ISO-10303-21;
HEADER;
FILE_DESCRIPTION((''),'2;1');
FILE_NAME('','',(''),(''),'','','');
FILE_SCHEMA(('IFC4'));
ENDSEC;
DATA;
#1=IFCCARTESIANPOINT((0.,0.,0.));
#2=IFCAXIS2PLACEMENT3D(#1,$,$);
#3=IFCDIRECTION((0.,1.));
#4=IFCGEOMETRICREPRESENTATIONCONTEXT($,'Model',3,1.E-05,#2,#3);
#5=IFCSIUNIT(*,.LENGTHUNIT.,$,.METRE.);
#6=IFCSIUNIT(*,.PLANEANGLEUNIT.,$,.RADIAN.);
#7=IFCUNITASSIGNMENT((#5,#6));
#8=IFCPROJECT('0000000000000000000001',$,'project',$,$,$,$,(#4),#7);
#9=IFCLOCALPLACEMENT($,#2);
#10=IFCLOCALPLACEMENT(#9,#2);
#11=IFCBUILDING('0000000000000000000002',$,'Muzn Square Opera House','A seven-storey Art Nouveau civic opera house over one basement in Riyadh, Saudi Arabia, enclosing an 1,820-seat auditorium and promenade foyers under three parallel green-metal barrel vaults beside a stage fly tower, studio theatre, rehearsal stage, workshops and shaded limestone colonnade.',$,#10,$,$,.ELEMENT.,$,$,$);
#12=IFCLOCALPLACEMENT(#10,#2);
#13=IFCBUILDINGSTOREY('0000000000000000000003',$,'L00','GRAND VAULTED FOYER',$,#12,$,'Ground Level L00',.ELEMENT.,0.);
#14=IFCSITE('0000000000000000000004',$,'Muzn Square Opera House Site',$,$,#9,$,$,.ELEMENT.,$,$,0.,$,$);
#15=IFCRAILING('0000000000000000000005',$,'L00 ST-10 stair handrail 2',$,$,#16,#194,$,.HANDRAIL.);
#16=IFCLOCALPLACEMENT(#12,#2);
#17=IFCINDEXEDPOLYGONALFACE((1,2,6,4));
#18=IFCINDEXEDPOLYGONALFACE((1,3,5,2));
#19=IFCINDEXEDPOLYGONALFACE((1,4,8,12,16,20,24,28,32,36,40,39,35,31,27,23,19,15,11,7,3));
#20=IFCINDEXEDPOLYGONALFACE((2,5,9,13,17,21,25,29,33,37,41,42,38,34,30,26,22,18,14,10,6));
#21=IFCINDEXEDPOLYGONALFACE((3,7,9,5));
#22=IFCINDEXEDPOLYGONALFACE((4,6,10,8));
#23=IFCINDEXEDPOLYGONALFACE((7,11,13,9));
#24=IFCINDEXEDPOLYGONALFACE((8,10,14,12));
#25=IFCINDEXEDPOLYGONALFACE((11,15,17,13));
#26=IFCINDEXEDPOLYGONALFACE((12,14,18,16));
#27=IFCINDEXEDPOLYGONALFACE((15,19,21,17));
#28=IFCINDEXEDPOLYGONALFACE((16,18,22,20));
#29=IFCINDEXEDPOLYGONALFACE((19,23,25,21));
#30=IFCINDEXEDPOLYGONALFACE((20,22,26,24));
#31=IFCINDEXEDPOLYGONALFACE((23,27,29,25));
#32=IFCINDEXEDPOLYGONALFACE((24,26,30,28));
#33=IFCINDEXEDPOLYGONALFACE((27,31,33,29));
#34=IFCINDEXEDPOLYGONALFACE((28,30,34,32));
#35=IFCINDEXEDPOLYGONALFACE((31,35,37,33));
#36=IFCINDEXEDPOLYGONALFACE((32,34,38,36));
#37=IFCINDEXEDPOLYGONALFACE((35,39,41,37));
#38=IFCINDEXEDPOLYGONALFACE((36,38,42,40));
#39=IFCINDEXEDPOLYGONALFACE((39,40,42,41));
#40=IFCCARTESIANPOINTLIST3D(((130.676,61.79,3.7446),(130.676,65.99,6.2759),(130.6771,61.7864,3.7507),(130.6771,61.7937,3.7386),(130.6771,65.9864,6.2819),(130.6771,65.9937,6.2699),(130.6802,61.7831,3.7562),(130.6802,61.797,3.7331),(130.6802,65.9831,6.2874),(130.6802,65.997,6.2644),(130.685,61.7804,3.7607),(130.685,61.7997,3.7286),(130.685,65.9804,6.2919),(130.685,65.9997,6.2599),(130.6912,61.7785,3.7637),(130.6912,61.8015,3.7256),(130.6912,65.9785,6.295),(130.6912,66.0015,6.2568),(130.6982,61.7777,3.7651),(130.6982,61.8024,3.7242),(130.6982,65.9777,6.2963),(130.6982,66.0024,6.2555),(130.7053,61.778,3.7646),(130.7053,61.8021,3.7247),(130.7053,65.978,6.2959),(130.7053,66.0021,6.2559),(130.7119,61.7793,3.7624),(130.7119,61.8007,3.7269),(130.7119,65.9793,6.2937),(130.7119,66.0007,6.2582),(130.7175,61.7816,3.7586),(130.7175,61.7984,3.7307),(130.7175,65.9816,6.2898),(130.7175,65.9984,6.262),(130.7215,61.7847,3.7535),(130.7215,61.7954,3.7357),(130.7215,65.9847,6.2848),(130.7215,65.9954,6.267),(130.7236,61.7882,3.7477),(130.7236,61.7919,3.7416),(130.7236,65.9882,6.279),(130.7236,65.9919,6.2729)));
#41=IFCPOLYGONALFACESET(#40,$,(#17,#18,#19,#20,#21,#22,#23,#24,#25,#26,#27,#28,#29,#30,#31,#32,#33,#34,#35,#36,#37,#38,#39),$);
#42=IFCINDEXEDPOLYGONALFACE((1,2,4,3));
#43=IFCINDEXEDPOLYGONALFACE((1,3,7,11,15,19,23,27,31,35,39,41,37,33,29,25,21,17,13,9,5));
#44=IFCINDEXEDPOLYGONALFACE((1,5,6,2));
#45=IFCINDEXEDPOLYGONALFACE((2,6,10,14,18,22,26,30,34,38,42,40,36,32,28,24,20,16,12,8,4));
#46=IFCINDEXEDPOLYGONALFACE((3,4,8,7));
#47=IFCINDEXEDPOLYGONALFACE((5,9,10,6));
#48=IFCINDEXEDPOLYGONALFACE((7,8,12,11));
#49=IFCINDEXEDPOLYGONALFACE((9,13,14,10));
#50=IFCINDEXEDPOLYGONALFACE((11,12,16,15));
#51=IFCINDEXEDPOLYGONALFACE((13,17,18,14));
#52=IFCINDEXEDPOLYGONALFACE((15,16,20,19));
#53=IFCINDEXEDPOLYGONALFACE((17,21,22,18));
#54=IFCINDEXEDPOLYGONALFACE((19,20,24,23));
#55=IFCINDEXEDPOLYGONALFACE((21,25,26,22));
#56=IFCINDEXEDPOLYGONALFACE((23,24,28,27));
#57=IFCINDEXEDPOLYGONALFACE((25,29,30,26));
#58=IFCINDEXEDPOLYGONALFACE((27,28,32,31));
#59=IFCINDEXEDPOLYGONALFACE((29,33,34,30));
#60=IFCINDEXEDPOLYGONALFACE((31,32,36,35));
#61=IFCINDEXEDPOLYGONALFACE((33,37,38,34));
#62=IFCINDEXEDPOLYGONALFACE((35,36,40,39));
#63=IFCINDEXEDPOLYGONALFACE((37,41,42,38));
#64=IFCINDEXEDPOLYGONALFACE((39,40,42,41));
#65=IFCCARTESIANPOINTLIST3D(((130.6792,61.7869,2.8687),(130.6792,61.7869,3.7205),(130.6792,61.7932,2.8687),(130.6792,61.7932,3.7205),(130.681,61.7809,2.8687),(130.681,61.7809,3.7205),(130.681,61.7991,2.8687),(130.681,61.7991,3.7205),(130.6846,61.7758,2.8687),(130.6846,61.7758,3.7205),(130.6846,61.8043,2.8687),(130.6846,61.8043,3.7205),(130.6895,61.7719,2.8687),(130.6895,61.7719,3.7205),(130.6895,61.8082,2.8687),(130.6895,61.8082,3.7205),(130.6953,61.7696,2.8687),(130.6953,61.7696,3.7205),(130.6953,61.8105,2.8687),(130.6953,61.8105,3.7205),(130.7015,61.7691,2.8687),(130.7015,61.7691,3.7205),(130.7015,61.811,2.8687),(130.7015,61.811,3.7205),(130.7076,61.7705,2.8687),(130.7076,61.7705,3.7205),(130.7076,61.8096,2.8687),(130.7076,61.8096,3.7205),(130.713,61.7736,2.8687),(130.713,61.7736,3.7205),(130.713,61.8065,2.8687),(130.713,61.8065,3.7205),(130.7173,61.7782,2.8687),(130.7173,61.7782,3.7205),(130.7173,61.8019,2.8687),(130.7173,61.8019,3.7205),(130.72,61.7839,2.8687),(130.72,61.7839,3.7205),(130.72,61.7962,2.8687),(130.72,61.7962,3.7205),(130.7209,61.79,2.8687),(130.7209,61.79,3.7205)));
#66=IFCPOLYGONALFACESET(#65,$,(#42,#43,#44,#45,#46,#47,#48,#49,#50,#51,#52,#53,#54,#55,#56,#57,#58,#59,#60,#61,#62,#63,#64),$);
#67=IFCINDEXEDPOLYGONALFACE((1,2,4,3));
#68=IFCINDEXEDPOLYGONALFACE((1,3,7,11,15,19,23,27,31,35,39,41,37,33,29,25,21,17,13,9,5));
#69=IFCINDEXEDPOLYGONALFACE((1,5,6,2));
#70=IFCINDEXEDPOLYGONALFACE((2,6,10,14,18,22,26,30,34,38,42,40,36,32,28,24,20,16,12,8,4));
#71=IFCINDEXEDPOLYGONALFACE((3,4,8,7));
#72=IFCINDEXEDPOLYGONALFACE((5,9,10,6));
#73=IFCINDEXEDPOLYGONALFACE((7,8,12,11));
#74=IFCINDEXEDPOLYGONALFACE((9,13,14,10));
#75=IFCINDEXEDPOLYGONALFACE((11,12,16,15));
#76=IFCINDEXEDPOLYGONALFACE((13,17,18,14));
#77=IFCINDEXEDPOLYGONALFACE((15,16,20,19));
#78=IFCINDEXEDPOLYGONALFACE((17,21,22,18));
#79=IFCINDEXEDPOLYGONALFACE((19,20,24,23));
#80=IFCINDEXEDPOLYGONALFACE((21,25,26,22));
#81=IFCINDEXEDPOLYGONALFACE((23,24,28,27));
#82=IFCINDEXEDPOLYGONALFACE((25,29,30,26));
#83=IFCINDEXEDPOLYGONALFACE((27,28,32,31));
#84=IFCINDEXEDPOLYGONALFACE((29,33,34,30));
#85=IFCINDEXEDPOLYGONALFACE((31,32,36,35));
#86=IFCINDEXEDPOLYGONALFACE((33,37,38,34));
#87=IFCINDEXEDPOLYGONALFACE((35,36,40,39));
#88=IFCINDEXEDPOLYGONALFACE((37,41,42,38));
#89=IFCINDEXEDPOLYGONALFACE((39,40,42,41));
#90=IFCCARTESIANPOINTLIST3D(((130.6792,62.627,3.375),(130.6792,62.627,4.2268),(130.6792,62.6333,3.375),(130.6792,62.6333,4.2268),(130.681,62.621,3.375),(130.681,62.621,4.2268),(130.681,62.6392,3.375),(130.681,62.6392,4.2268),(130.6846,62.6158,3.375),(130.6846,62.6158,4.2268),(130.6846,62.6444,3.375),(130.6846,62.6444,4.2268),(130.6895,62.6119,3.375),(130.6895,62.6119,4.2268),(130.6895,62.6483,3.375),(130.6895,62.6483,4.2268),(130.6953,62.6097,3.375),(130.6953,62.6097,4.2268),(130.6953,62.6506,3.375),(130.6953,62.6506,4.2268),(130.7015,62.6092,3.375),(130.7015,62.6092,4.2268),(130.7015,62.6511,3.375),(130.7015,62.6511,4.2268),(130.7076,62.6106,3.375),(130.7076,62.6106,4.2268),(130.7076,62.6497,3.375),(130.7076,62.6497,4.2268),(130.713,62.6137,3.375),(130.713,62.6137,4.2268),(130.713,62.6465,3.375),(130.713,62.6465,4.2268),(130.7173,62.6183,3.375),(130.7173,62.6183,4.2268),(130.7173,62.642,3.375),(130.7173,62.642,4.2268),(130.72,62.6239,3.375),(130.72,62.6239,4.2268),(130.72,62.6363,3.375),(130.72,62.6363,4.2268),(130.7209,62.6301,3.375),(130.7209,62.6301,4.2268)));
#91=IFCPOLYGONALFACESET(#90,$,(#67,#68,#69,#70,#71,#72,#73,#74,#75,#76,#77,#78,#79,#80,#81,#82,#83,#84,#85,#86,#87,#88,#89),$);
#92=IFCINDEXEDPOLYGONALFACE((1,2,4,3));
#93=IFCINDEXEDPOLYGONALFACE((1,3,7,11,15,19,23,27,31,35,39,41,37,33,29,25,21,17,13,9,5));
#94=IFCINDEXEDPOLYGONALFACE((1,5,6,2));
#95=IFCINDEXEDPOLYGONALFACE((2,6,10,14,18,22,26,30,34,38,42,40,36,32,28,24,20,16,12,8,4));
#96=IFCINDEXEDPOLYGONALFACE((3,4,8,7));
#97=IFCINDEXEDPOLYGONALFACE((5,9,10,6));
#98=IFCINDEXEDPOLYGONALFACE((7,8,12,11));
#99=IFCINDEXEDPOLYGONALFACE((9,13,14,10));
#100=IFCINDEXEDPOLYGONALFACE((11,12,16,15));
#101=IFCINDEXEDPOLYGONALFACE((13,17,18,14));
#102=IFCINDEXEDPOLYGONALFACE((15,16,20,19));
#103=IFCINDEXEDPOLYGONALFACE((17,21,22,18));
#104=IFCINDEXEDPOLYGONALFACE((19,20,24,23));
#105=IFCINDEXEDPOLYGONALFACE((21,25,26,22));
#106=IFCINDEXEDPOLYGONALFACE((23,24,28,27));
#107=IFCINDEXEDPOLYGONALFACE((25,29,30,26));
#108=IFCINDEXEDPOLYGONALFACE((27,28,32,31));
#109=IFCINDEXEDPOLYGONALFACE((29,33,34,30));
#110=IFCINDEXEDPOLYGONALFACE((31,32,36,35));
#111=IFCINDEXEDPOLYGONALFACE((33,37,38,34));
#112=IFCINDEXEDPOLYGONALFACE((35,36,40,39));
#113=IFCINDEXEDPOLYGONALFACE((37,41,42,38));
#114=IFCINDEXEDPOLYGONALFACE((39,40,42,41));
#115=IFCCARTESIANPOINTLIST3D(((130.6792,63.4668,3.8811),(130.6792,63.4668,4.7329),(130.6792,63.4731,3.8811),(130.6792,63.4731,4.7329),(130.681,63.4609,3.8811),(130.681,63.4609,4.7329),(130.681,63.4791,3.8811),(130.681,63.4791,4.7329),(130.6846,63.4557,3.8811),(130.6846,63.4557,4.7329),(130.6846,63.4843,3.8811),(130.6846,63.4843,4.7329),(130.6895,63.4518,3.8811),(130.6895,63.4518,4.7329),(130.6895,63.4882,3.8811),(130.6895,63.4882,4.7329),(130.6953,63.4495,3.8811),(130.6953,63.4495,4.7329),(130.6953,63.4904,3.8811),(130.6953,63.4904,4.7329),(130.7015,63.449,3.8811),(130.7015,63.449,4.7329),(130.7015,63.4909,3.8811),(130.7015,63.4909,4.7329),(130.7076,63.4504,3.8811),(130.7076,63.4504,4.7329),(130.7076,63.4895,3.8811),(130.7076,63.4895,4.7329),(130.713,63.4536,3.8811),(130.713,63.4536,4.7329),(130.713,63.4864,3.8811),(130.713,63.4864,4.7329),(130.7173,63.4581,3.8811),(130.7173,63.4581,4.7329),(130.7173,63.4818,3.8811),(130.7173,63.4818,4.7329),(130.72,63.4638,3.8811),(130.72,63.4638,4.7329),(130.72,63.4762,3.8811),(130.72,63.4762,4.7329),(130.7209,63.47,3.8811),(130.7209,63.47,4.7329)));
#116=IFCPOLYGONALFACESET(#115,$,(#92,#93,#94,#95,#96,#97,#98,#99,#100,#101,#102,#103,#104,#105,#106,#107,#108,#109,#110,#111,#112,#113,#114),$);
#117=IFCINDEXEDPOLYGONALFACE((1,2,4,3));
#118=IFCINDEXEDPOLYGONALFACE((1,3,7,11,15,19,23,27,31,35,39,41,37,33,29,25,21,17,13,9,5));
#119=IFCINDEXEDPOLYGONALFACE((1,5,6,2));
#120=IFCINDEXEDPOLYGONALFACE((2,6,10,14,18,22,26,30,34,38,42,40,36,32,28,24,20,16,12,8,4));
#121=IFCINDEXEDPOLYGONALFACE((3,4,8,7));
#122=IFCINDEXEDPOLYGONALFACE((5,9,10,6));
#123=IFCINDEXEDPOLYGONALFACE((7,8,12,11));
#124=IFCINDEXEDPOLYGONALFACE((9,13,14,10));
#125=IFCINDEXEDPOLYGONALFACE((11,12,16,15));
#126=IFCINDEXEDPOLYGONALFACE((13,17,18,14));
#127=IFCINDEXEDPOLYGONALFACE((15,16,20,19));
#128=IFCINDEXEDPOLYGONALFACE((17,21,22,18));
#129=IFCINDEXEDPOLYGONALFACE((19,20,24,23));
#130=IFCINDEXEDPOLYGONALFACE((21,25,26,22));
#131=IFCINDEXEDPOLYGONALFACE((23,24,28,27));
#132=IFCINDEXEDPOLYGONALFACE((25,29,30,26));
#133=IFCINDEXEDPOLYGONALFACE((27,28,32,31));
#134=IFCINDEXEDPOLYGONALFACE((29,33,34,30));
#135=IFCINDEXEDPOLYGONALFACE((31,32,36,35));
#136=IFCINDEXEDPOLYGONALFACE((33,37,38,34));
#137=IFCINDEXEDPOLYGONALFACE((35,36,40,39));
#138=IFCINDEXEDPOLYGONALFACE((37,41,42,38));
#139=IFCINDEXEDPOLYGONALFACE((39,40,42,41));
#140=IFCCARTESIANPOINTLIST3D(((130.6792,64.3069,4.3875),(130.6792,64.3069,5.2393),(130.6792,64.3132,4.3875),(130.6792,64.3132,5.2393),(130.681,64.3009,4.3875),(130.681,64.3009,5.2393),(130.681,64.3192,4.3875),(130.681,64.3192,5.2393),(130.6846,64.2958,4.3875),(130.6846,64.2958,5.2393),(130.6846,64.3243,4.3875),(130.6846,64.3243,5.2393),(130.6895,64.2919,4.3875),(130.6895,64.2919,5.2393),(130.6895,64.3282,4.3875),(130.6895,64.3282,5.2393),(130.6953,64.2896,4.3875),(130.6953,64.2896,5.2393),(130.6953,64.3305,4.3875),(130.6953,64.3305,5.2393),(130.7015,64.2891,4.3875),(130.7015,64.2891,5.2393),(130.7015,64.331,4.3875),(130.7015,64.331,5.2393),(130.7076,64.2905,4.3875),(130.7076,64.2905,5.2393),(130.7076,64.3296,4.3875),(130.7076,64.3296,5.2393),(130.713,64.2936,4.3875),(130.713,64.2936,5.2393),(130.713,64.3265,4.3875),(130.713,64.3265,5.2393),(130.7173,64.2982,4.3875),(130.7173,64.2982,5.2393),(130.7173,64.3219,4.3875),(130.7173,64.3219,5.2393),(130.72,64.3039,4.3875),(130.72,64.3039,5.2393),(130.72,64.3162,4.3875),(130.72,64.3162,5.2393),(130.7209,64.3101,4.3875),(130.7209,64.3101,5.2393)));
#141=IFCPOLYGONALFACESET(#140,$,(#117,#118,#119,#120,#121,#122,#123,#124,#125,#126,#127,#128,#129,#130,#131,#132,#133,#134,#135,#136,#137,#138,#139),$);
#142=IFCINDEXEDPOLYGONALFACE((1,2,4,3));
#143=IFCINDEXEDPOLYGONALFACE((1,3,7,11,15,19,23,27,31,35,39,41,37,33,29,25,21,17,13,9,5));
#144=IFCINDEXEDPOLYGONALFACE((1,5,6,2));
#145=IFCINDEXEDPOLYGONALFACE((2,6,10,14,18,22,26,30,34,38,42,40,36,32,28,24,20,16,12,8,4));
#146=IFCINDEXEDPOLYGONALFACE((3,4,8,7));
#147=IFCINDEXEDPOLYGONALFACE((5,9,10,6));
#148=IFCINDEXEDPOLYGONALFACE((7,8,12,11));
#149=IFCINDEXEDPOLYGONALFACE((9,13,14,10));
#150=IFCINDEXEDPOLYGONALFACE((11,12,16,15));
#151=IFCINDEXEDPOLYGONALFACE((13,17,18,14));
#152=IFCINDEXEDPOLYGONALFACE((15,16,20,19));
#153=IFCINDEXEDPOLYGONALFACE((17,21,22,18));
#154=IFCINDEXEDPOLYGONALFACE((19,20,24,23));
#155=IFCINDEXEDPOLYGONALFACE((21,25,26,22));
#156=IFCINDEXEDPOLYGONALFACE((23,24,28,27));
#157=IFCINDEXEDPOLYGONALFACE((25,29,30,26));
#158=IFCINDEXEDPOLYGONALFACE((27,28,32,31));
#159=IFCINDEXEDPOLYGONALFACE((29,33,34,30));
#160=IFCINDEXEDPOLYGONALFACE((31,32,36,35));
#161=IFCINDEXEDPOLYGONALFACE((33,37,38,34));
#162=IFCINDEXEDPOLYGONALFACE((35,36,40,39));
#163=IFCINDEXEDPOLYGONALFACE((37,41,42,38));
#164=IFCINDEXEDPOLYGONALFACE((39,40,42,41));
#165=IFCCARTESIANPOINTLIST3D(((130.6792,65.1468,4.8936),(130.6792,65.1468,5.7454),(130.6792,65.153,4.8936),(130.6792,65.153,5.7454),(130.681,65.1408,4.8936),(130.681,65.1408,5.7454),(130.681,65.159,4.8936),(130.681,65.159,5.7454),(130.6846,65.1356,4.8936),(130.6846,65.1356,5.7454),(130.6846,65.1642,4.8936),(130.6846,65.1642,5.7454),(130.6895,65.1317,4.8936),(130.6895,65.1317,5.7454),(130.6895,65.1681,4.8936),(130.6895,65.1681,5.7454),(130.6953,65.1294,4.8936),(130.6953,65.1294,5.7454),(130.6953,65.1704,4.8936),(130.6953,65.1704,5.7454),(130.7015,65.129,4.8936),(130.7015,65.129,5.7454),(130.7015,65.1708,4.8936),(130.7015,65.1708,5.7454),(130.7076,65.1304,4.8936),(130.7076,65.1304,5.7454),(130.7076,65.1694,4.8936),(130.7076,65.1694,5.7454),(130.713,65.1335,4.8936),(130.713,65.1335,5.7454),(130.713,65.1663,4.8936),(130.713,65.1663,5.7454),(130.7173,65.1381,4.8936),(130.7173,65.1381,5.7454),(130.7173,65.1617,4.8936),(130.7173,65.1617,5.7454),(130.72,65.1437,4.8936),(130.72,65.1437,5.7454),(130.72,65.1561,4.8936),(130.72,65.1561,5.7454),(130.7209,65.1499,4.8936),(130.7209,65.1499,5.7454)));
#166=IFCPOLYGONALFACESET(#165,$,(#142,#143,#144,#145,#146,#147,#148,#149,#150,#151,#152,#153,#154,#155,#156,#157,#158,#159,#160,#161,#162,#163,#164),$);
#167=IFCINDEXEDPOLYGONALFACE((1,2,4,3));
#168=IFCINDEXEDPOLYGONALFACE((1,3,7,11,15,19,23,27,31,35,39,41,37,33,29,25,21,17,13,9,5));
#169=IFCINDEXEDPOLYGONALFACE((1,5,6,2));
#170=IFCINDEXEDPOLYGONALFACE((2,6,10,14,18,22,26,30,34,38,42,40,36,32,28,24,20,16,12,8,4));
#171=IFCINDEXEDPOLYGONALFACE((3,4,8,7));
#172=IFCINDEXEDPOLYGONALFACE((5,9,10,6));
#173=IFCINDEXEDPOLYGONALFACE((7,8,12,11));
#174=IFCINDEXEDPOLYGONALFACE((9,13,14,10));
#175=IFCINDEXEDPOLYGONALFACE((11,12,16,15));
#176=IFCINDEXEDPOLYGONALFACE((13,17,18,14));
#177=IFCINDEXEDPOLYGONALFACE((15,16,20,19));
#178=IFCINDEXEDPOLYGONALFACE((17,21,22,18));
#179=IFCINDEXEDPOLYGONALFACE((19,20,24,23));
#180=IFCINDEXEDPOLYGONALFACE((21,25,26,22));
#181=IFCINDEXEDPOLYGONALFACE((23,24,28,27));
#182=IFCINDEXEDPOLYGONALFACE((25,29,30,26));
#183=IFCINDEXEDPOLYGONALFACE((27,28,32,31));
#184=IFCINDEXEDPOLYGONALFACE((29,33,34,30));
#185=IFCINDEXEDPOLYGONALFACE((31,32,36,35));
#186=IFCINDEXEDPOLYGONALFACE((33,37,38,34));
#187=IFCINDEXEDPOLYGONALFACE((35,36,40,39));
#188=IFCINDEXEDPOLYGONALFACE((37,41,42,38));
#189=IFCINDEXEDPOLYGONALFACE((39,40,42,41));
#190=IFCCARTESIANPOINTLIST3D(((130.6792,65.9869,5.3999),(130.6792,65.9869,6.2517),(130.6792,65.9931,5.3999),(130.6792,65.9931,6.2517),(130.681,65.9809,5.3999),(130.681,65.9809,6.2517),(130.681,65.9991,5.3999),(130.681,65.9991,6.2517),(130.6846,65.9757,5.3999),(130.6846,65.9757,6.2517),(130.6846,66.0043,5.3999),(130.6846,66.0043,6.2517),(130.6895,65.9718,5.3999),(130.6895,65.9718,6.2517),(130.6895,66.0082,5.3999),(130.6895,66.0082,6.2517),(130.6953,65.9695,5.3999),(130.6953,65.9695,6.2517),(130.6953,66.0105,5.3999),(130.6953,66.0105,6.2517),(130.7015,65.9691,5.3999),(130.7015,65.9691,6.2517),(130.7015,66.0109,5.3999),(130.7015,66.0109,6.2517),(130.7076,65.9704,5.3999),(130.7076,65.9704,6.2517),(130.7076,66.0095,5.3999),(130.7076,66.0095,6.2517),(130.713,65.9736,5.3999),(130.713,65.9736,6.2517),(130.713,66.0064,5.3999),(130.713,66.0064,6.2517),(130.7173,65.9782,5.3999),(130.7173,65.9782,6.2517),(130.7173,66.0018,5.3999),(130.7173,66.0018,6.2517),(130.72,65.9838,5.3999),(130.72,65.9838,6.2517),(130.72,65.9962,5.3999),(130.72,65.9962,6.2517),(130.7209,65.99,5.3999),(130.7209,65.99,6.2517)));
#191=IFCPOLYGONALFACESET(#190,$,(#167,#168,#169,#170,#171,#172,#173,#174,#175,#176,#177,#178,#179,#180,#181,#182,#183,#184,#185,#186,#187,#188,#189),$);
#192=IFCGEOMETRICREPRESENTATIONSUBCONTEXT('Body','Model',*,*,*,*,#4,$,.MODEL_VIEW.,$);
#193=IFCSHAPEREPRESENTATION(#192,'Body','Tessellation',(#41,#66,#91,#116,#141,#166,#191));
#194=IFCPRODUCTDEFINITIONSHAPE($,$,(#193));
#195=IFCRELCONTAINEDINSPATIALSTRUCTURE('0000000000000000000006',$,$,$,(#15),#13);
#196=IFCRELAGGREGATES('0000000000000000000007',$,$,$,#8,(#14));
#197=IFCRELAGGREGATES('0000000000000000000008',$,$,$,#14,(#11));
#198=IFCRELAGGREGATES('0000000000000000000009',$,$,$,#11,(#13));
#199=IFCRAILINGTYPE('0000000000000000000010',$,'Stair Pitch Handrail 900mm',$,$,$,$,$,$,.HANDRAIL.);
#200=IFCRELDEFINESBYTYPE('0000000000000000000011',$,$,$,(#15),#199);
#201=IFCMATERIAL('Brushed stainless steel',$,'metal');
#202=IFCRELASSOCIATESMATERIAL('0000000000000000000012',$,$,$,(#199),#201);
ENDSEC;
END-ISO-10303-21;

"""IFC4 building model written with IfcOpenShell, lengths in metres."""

from ifc_helpers import new_model, si_unit, direction, frame, origin, origin_2d, place, context, subcontext, project, spatial, circle, extrude, material, type_object, element, save


model = new_model("IFC4")

# Units and contexts
model_context = context("Model", 3, precision=1e-05, world=origin(), true_north=direction((0.0, 1.0)))
body_context = subcontext(model_context, "Body", "Model", "MODEL_VIEW")
ifc_project = project(units=[si_unit("LENGTHUNIT", "METRE"), si_unit("PLANEANGLEUNIT", "RADIAN")], contexts=[model_context])

# Site, building, storey
site_placement = place(None, origin())
site = spatial("IfcSite", under=ifc_project, at=site_placement, Name="Muzn Square Opera House Site", CompositionType="ELEMENT", RefElevation=0.0)
building_placement = place(site_placement, origin())
building = spatial("IfcBuilding", under=site, at=building_placement, Name="Muzn Square Opera House", Description="A seven-storey Art Nouveau civic opera house over one basement in Riyadh, Saudi Arabia, enclosing an 1,820-seat auditorium and promenade foyers under three parallel green-metal barrel vaults beside a stage fly tower, studio theatre, rehearsal stage, workshops and shaded limestone colonnade.", CompositionType="ELEMENT")
storey_placement = place(building_placement, origin())
storey = spatial("IfcBuildingStorey", under=building, at=storey_placement, Name="L00", Description="GRAND VAULTED FOYER", LongName="Ground Level L00", CompositionType="ELEMENT", Elevation=0.0)

# Railing
ifc_material_1 = material(Name="Brushed stainless steel", Category="metal")
railing_type_1 = type_object("IfcRailingType", Name="Stair Pitch Handrail 900mm", PredefinedType="HANDRAIL", material=ifc_material_1)
railing_1_placement = place(storey_placement, frame((130.7, 61.79, 2.8687)))
element("IfcRailing", 1, at=railing_1_placement, inside=storey, type_object=railing_type_1, Name="L00 ST-10 stair handrail 2", PredefinedType="HANDRAIL", context=body_context, shape_type="SweptSolid", body=[
    extrude(circle(Radius=0.0239, at=origin_2d()), frame((0.0, 0.0, 0.876), z_axis=(0.0, 0.856476, 0.516186), x_axis=(-1.0, 0.0, 0.0)), (0.0, 0.0, 1.0), 4.9038),
    extrude(circle(Radius=0.021, at=origin_2d()), origin(), (0.0, 0.0, 1.0), 0.8518),
    extrude(circle(Radius=0.021, at=origin_2d()), frame((0.0, 0.8401, 0.5063)), (0.0, 0.0, 1.0), 0.8518),
    extrude(circle(Radius=0.021, at=origin_2d()), frame((0.0, 1.6799, 1.0125)), (0.0, 0.0, 1.0), 0.8518),
    extrude(circle(Radius=0.021, at=origin_2d()), frame((0.0, 2.52, 1.5188)), (0.0, 0.0, 1.0), 0.8518),
    extrude(circle(Radius=0.021, at=origin_2d()), frame((0.0, 3.3599, 2.0249)), (0.0, 0.0, 1.0), 0.8518),
    extrude(circle(Radius=0.021, at=origin_2d()), frame((0.0, 4.2, 2.5312)), (0.0, 0.0, 1.0), 0.8518),
])

save(model, "model.ifc")
